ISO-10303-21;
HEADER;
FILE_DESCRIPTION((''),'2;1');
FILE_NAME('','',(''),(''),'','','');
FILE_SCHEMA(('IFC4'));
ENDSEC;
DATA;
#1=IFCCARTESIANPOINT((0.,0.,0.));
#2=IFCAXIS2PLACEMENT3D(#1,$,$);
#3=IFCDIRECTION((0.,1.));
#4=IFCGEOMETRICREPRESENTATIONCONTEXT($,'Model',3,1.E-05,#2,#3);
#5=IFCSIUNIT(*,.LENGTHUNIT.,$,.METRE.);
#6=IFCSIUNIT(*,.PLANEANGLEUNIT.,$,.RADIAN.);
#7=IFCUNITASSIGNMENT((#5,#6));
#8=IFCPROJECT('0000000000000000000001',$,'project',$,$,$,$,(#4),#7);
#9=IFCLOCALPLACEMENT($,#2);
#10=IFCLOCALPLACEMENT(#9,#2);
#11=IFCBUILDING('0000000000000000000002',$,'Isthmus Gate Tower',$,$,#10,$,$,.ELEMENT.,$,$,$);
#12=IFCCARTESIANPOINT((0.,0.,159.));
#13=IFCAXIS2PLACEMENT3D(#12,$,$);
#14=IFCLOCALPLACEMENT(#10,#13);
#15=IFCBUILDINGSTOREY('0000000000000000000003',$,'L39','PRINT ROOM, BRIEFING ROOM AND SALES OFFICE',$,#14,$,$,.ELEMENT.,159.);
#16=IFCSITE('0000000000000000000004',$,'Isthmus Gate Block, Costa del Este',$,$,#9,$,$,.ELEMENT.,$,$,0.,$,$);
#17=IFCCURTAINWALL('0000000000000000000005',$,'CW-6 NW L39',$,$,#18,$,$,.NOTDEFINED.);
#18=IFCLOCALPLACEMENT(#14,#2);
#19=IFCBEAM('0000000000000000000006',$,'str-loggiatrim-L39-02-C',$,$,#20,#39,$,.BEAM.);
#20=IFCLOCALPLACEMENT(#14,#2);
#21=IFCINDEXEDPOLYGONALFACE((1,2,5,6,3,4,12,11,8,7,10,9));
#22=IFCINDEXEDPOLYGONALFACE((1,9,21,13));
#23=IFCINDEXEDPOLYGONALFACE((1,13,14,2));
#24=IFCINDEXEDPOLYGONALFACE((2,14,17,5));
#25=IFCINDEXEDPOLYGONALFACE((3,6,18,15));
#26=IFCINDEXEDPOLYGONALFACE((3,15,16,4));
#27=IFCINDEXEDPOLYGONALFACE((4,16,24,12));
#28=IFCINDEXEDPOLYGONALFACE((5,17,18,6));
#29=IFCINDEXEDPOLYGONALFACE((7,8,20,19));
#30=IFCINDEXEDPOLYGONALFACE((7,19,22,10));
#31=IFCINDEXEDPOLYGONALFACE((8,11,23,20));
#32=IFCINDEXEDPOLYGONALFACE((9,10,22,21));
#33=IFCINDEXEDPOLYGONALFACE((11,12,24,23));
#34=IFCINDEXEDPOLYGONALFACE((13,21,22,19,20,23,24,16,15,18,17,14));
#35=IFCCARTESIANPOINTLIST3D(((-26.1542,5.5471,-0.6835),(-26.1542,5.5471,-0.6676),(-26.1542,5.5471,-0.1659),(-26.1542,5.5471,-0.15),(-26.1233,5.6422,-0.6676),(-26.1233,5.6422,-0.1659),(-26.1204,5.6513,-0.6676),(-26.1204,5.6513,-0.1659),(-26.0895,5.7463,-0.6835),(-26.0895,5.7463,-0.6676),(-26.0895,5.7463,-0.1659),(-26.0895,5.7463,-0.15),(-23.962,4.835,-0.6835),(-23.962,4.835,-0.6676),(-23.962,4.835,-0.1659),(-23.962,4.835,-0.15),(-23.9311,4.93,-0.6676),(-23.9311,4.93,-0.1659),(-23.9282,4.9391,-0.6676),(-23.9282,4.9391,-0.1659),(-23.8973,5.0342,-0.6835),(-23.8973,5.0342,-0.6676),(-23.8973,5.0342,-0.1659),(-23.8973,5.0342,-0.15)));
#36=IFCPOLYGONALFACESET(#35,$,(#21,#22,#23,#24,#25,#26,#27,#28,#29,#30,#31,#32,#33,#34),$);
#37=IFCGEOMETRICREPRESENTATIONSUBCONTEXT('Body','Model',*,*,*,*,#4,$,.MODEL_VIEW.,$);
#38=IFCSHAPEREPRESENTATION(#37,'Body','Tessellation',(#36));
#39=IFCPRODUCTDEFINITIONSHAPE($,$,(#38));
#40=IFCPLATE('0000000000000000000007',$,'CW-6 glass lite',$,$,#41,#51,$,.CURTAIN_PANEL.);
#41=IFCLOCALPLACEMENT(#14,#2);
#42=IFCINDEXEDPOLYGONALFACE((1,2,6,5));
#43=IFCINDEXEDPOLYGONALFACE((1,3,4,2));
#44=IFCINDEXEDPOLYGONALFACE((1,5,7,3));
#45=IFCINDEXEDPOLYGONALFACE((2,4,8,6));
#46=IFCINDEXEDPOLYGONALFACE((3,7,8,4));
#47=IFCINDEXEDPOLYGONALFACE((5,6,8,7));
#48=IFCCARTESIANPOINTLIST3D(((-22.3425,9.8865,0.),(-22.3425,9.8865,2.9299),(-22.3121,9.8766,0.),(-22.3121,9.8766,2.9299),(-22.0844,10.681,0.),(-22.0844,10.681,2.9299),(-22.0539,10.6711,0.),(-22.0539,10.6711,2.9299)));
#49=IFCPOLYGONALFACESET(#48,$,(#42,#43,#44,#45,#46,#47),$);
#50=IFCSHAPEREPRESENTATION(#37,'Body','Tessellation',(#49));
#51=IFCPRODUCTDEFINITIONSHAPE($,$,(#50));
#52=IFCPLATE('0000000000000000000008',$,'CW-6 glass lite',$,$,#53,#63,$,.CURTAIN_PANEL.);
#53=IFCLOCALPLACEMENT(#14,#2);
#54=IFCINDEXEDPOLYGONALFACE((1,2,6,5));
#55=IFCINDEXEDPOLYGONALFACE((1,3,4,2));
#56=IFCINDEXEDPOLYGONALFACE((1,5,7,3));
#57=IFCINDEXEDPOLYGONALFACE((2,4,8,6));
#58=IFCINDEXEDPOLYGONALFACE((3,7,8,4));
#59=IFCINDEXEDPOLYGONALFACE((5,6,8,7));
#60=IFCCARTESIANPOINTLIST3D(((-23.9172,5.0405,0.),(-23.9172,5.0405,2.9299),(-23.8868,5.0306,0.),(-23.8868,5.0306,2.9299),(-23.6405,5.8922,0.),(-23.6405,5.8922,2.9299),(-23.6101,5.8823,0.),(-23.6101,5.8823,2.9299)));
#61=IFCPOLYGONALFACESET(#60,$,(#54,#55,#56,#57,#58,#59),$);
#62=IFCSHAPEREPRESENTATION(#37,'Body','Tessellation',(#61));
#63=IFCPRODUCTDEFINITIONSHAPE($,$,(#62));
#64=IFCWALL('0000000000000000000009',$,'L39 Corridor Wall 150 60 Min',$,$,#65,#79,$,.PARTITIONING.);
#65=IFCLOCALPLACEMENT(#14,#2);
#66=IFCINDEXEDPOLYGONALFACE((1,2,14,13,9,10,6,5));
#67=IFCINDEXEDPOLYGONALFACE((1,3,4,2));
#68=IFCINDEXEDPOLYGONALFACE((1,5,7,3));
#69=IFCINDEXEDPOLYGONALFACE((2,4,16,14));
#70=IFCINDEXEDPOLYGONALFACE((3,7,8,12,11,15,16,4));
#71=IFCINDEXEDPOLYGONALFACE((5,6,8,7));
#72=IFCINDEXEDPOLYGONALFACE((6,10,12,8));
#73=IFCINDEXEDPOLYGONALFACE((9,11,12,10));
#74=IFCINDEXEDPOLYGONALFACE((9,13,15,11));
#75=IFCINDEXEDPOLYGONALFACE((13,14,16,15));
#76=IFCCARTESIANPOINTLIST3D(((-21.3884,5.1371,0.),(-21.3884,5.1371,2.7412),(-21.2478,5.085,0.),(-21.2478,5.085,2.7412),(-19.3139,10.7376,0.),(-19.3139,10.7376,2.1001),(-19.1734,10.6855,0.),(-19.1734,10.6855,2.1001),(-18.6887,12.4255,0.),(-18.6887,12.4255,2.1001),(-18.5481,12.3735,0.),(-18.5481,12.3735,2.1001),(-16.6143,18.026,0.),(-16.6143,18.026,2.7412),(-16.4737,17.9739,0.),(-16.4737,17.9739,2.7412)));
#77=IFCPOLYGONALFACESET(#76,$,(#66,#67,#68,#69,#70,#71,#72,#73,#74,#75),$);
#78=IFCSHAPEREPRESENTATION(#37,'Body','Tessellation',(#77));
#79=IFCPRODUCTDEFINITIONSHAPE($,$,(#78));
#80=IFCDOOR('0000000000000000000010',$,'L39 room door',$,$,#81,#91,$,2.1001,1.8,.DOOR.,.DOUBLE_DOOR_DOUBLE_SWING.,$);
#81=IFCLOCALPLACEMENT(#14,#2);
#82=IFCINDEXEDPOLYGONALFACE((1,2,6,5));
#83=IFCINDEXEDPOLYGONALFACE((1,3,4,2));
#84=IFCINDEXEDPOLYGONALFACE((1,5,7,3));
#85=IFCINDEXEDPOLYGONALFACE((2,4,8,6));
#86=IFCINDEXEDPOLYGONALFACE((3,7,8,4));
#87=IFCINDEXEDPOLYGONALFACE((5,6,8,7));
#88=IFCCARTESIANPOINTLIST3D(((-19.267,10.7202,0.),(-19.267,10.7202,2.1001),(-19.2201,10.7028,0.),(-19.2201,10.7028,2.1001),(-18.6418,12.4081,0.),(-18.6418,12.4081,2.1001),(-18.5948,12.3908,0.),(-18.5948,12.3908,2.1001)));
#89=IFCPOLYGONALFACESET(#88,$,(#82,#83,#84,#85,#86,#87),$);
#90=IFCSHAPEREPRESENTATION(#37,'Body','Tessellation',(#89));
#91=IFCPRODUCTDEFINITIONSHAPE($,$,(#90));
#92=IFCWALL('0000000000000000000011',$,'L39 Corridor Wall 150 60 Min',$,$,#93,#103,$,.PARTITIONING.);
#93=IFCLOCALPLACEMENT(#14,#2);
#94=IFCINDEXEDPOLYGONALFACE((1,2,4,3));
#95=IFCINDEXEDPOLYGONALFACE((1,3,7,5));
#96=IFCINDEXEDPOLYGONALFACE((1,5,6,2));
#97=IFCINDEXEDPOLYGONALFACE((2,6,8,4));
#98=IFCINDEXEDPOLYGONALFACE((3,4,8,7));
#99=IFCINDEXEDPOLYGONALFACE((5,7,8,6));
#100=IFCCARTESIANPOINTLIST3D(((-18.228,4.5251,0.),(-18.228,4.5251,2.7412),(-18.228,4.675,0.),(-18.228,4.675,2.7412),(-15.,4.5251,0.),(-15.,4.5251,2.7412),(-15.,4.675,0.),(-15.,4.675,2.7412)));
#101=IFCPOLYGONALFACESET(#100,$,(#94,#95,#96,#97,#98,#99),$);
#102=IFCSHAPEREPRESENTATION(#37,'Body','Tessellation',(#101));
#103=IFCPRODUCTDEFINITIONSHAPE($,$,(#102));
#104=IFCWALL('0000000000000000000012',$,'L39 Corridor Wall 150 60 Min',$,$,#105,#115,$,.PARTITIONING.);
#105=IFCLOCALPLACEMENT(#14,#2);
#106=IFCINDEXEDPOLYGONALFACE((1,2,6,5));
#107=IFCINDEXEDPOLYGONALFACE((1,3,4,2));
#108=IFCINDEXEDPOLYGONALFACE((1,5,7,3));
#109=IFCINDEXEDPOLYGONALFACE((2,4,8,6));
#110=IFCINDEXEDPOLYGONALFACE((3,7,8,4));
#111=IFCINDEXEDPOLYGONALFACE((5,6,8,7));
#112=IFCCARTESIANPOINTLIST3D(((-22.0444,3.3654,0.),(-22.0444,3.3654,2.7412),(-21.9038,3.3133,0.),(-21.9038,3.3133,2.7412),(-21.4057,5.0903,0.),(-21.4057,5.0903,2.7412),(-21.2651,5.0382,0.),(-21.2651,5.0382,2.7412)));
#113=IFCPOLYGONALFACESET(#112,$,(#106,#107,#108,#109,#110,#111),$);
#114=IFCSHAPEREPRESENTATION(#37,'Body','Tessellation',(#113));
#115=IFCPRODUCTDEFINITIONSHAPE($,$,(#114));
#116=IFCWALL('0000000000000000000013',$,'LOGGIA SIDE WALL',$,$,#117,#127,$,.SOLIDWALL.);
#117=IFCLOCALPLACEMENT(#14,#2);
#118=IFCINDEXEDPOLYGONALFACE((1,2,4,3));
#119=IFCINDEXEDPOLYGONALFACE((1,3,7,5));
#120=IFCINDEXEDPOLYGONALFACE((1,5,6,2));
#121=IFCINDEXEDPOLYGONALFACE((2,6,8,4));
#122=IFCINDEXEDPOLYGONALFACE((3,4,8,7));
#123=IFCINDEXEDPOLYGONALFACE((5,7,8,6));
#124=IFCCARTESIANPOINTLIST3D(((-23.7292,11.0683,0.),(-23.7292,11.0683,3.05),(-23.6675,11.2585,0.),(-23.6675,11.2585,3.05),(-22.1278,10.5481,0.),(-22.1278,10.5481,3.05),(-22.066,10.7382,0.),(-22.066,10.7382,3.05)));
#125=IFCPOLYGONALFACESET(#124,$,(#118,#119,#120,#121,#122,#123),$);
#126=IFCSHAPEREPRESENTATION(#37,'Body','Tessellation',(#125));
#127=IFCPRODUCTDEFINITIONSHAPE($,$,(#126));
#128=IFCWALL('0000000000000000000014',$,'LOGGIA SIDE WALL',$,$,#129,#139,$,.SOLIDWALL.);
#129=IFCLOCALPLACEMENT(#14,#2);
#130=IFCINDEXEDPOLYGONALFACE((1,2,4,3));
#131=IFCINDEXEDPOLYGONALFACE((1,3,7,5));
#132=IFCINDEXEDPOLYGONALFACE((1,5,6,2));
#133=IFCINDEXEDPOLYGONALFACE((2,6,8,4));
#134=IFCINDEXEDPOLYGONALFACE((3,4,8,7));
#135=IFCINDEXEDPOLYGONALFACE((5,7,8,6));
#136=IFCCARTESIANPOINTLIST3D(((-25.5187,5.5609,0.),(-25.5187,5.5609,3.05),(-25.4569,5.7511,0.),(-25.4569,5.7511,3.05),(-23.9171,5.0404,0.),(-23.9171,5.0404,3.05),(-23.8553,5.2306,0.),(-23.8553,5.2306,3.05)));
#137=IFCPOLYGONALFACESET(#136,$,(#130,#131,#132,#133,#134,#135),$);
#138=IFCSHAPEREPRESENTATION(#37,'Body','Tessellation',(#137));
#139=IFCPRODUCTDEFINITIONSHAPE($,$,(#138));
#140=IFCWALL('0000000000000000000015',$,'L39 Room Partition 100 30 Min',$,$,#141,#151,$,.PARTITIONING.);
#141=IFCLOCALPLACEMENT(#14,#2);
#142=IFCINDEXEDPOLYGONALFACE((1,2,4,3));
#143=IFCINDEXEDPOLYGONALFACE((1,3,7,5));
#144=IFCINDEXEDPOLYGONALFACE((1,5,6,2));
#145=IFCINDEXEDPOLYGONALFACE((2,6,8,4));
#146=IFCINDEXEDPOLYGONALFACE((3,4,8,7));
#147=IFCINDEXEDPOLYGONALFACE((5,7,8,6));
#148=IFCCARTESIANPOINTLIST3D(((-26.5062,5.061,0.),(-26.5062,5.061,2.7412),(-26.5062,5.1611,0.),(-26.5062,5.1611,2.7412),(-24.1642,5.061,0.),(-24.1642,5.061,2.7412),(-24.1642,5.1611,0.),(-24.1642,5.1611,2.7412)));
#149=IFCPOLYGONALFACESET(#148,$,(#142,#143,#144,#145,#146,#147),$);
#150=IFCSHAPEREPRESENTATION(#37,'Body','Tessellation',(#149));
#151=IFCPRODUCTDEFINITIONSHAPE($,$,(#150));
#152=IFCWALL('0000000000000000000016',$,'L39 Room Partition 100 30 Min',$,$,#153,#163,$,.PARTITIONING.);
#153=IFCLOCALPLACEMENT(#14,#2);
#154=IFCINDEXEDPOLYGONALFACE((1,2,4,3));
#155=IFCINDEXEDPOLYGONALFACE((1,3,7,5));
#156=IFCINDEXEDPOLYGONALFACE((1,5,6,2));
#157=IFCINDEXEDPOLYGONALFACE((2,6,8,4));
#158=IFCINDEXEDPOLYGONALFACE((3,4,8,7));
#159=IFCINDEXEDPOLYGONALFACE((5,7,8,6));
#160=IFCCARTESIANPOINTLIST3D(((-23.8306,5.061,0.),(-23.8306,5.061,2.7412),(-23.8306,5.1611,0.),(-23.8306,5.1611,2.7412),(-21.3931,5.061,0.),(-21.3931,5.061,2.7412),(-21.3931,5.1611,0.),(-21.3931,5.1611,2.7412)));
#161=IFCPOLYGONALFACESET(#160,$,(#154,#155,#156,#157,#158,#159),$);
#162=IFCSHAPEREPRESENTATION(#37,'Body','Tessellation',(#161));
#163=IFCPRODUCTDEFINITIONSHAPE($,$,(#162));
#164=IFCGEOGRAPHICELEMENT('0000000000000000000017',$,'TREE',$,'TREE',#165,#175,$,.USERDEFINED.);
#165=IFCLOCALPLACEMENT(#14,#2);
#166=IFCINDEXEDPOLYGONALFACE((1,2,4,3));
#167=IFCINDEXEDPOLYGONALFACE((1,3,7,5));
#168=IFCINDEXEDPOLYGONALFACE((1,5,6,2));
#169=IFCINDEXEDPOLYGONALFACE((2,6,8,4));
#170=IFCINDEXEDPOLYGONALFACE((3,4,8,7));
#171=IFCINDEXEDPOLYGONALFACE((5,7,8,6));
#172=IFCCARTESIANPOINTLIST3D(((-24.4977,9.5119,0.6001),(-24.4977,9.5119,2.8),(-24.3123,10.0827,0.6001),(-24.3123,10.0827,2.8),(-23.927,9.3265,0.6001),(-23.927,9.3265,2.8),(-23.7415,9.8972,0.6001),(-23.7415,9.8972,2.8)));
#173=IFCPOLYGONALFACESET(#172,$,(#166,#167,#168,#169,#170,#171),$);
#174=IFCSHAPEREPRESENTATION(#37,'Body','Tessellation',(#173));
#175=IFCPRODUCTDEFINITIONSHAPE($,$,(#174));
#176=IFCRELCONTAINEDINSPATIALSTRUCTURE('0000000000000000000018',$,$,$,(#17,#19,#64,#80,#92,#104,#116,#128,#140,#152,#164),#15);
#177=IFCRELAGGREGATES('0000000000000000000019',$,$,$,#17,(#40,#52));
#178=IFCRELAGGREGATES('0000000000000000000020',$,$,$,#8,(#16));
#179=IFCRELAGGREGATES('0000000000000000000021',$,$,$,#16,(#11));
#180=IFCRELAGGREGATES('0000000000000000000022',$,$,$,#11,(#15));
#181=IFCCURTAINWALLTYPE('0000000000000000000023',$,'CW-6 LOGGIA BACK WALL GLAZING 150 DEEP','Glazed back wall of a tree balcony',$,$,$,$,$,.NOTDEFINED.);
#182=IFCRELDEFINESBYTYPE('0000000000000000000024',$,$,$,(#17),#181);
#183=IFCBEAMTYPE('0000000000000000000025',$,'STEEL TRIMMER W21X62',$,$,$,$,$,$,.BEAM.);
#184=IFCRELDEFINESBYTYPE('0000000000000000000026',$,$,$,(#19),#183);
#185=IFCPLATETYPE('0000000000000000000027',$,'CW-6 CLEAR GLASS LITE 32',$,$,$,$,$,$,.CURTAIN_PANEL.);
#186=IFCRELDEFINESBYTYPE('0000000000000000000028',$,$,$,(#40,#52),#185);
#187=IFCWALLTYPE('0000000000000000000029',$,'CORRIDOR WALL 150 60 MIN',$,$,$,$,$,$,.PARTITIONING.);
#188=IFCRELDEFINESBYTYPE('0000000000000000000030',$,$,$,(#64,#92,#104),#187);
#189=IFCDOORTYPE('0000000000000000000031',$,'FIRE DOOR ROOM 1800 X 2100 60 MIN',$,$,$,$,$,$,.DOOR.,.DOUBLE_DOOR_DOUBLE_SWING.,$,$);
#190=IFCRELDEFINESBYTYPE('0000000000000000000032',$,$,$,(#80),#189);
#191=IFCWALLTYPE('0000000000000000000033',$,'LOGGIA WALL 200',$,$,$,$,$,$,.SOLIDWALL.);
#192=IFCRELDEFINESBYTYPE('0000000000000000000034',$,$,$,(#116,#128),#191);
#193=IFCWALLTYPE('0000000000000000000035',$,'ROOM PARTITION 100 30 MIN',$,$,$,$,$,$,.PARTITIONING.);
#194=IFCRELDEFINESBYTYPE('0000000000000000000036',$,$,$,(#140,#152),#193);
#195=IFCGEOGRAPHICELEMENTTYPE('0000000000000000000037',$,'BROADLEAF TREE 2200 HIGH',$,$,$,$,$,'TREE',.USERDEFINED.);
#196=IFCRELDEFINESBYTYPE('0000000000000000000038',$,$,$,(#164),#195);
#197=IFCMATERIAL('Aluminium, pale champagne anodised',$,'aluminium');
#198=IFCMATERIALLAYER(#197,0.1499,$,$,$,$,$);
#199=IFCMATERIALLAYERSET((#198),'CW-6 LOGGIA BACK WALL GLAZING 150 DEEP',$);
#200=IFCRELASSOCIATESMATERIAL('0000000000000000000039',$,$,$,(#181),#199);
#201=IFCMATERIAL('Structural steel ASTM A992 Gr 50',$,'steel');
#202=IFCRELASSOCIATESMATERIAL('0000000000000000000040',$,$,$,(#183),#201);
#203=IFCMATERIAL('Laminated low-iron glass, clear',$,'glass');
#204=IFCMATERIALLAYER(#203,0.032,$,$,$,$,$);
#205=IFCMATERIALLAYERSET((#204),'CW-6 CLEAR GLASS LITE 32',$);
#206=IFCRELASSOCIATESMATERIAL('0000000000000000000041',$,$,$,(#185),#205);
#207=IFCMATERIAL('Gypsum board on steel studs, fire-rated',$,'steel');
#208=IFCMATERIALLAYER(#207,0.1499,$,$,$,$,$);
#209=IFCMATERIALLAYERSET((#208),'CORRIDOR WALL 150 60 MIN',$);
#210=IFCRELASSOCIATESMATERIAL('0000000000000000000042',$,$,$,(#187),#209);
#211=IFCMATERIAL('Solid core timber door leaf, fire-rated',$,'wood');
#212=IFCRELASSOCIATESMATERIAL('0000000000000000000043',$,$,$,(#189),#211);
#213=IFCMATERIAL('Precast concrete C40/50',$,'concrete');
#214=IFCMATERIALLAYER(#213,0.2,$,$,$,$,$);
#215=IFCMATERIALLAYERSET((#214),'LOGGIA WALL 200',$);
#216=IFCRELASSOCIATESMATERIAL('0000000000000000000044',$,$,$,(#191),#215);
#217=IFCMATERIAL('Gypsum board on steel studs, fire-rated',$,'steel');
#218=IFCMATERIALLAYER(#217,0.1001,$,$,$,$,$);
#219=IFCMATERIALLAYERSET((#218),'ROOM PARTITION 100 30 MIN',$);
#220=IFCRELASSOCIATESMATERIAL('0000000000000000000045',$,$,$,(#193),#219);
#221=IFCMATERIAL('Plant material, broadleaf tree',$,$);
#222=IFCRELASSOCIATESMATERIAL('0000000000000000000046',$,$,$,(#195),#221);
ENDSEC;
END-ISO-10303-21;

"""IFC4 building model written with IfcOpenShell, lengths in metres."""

from ifc_helpers import new_model, si_unit, direction, frame, frame_2d, origin, origin_2d, place, context, subcontext, project, spatial, rectangle, i_section, extrude, material, layer, layer_set, material_profile, profile_set, type_object, element, fill, aggregate, save


model = new_model("IFC4")

# Units and contexts
model_context = context("Model", 3, precision=1e-05, world=origin(), true_north=direction((0.0, 1.0)))
body_context = subcontext(model_context, "Body", "Model", "MODEL_VIEW")
ifc_project = project(units=[si_unit("LENGTHUNIT", "METRE"), si_unit("PLANEANGLEUNIT", "RADIAN")], contexts=[model_context])

# Site, building, storey
site_placement = place(None, origin())
site = spatial("IfcSite", under=ifc_project, at=site_placement, Name="Isthmus Gate Block, Costa del Este", CompositionType="ELEMENT", RefElevation=0.0)
building_placement = place(site_placement, origin())
building = spatial("IfcBuilding", under=site, at=building_placement, Name="Isthmus Gate Tower", CompositionType="ELEMENT")
storey_placement = place(building_placement, frame((0.0, 0.0, 159.0)))
storey = spatial("IfcBuildingStorey", under=building, at=storey_placement, Name="L39", Description="PRINT ROOM, BRIEFING ROOM AND SALES OFFICE", CompositionType="ELEMENT", Elevation=159.0)

# Curtain wall
ifc_material_1 = material(Name="Aluminium, pale champagne anodised", Category="aluminium")
ifc_layer_1 = layer(ifc_material_1, 0.1499)
ifc_layer_set_1 = layer_set([ifc_layer_1], Name="CW-6 LOGGIA BACK WALL GLAZING 150 DEEP")
curtain_wall_type_1 = type_object("IfcCurtainWallType", Name="CW-6 LOGGIA BACK WALL GLAZING 150 DEEP", Description="Glazed back wall of a tree balcony", PredefinedType="NOTDEFINED", material=ifc_layer_set_1)
curtain_wall_1_placement = place(storey_placement, origin())
curtain_wall_1 = element("IfcCurtainWall", 1, at=curtain_wall_1_placement, inside=storey, type_object=curtain_wall_type_1, Name="CW-6 NW L39", PredefinedType="NOTDEFINED")

# Beam
ifc_material_2 = material(Name="Structural steel ASTM A992 Gr 50", Category="steel")
ifc_material_profile_1 = material_profile(ifc_material_2, i_section(OverallWidth=0.2095, OverallDepth=0.5334, WebThickness=0.0095, FlangeThickness=0.0159, at=origin_2d()), Name="W21X62")
ifc_profile_set_1 = profile_set([ifc_material_profile_1], Name="Structural steel ASTM A992 Gr 50")
beam_type_1 = type_object("IfcBeamType", Name="STEEL TRIMMER W21X62", PredefinedType="BEAM", material=ifc_profile_set_1)
beam_1_placement = place(storey_placement, frame((-26.1218, 5.6467, -0.4167), z_axis=(0.951071, -0.308974, 0.0), x_axis=(0.308974, 0.951071, 0.0)))
element("IfcBeam", 2, at=beam_1_placement, inside=storey, type_object=beam_type_1, Name="str-loggiatrim-L39-02-C", PredefinedType="BEAM", context=body_context, shape_type="SweptSolid", body=[
    extrude(i_section(OverallWidth=0.2095, OverallDepth=0.5334, WebThickness=0.0095, FlangeThickness=0.0159, at=origin_2d()), origin(), (0.0, 0.0, 1.0), 2.3049),
])

# Plates
ifc_material_3 = material(Name="Laminated low-iron glass, clear", Category="glass")
ifc_layer_2 = layer(ifc_material_3, 0.032)
ifc_layer_set_2 = layer_set([ifc_layer_2], Name="CW-6 CLEAR GLASS LITE 32")
plate_type = type_object("IfcPlateType", Name="CW-6 CLEAR GLASS LITE 32", PredefinedType="CURTAIN_PANEL", material=ifc_layer_set_2)
plate_1_placement = place(storey_placement, frame((-22.1982, 10.2788, 0.0), z_axis=(0.0, 0.0, 1.0), x_axis=(-0.309017, -0.951057, 0.0)))
plate_1 = element("IfcPlate", 3, at=plate_1_placement, type_object=plate_type, Name="CW-6 glass lite", PredefinedType="CURTAIN_PANEL", context=body_context, shape_type="SweptSolid", body=[
    extrude(rectangle(XDim=0.8354, YDim=0.032, at=origin_2d()), origin(), (0.0, 0.0, 1.0), 2.9299),
])
plate_2_placement = place(storey_placement, frame((-23.7637, 5.4614, 0.0), z_axis=(0.0, 0.0, 1.0), x_axis=(-0.309017, -0.951057, 0.0)))
plate_2 = element("IfcPlate", 4, at=plate_2_placement, type_object=plate_type, Name="CW-6 glass lite", PredefinedType="CURTAIN_PANEL", context=body_context, shape_type="SweptSolid", body=[
    extrude(rectangle(XDim=0.8955, YDim=0.032, at=origin_2d()), origin(), (0.0, 0.0, 1.0), 2.9299),
])
aggregate(curtain_wall_1, [plate_1, plate_2])

# Wall, opening, door
ifc_material_4 = material(Name="Gypsum board on steel studs, fire-rated", Category="steel")
ifc_layer_3 = layer(ifc_material_4, 0.1499)
ifc_layer_set_3 = layer_set([ifc_layer_3], Name="CORRIDOR WALL 150 60 MIN")
wall_type_1 = type_object("IfcWallType", Name="CORRIDOR WALL 150 60 MIN", PredefinedType="PARTITIONING", material=ifc_layer_set_3)
wall_1_placement = place(storey_placement, frame((-21.3181, 5.1111, 0.0), z_axis=(0.0, 0.0, 1.0), x_axis=(0.347346, 0.937737, 0.0)))
wall_1 = element("IfcWall", 5, at=wall_1_placement, inside=storey, type_object=wall_type_1, Name="L39 Corridor Wall 150 60 Min", PredefinedType="PARTITIONING", context=body_context, shape_type="SweptSolid", body=[
    extrude(rectangle(XDim=13.7446, YDim=0.1499, at=frame_2d((6.8723, 0.0))), origin(), (0.0, 0.0, 1.0), 2.7412),
])
opening_1_placement = place(wall_1_placement, frame((5.9724, 0.0, 0.0)))
opening_1 = element("IfcOpeningElement", 6, at=opening_1_placement, cuts=wall_1, PredefinedType="OPENING", context=body_context, shape_type="SweptSolid", body=[
    extrude(rectangle(XDim=1.8, YDim=2.1001, at=frame_2d((0.8999, 1.05))), frame((0.0, 0.085, 0.0), z_axis=(0.0, -1.0, 0.0), x_axis=(1.0, 0.0, 0.0)), (0.0, 0.0, 1.0), 0.1699),
])
ifc_material_5 = material(Name="Solid core timber door leaf, fire-rated", Category="wood")
door_type_1 = type_object("IfcDoorType", Name="FIRE DOOR ROOM 1800 X 2100 60 MIN", OperationType="DOUBLE_DOOR_DOUBLE_SWING", PredefinedType="DOOR", material=ifc_material_5)
door_1_placement = place(opening_1_placement, origin())
door_1 = element("IfcDoor", 7, at=door_1_placement, inside=storey, type_object=door_type_1, Name="L39 room door", OperationType="DOUBLE_DOOR_DOUBLE_SWING", OverallHeight=2.1001, OverallWidth=1.8, PredefinedType="DOOR", context=body_context, shape_type="SweptSolid", body=[
    extrude(rectangle(XDim=1.8, YDim=2.1001, at=frame_2d((0.8999, 1.05))), frame((0.0, 0.0249, 0.0), z_axis=(0.0, -1.0, 0.0), x_axis=(1.0, 0.0, 0.0)), (0.0, 0.0, 1.0), 0.05),
])
fill(opening_1, door_1)

# Walls
wall_2_placement = place(storey_placement, frame((-18.228, 4.6001, 0.0), z_axis=(0.0, 0.0, 1.0), x_axis=(1.0, 0.0, 0.0)))
element("IfcWall", 8, at=wall_2_placement, inside=storey, type_object=wall_type_1, Name="L39 Corridor Wall 150 60 Min", PredefinedType="PARTITIONING", context=body_context, shape_type="SweptSolid", body=[
    extrude(rectangle(XDim=3.228, YDim=0.1499, at=frame_2d((1.614, 0.0))), origin(), (0.0, 0.0, 1.0), 2.7412),
])
wall_3_placement = place(storey_placement, frame((-21.9741, 3.3394, 0.0), z_axis=(0.0, 0.0, 1.0), x_axis=(0.347237, 0.937778, 0.0)))
element("IfcWall", 9, at=wall_3_placement, inside=storey, type_object=wall_type_1, Name="L39 Corridor Wall 150 60 Min", PredefinedType="PARTITIONING", context=body_context, shape_type="SweptSolid", body=[
    extrude(rectangle(XDim=1.8394, YDim=0.1499, at=frame_2d((0.9197, 0.0))), origin(), (0.0, 0.0, 1.0), 2.7412),
])

# Shared definitions
ifc_material_6 = material(Name="Precast concrete C40/50", Category="concrete")
ifc_layer_4 = layer(ifc_material_6, 0.2)
ifc_layer_set_4 = layer_set([ifc_layer_4], Name="LOGGIA WALL 200")
wall_type_2 = type_object("IfcWallType", Name="LOGGIA WALL 200", PredefinedType="SOLIDWALL", material=ifc_layer_set_4)

# Walls
wall_4_placement = place(storey_placement, frame((-23.6982, 11.1633, 0.0), z_axis=(0.0, 0.0, 1.0), x_axis=(0.951077, -0.308955, 0.0)))
element("IfcWall", 10, at=wall_4_placement, inside=storey, type_object=wall_type_2, Name="LOGGIA SIDE WALL", PredefinedType="SOLIDWALL", context=body_context, shape_type="SweptSolid", body=[
    extrude(rectangle(XDim=1.6838, YDim=0.2, at=frame_2d((0.8418, 0.0))), origin(), (0.0, 0.0, 1.0), 3.05),
])
wall_5_placement = place(storey_placement, frame((-25.4878, 5.656, 0.0), z_axis=(0.0, 0.0, 1.0), x_axis=(0.951034, -0.309086, 0.0)))
element("IfcWall", 11, at=wall_5_placement, inside=storey, type_object=wall_type_2, Name="LOGGIA SIDE WALL", PredefinedType="SOLIDWALL", context=body_context, shape_type="SweptSolid", body=[
    extrude(rectangle(XDim=1.6841, YDim=0.2, at=frame_2d((0.842, 0.0))), origin(), (0.0, 0.0, 1.0), 3.05),
])
ifc_material_7 = material(Name="Gypsum board on steel studs, fire-rated", Category="steel")
ifc_layer_5 = layer(ifc_material_7, 0.1001)
ifc_layer_set_5 = layer_set([ifc_layer_5], Name="ROOM PARTITION 100 30 MIN")
wall_type_3 = type_object("IfcWallType", Name="ROOM PARTITION 100 30 MIN", PredefinedType="PARTITIONING", material=ifc_layer_set_5)
wall_6_placement = place(storey_placement, frame((-26.5061, 5.1111, 0.0), z_axis=(0.0, 0.0, 1.0), x_axis=(1.0, 0.0, 0.0)))
element("IfcWall", 12, at=wall_6_placement, inside=storey, type_object=wall_type_3, Name="L39 Room Partition 100 30 Min", PredefinedType="PARTITIONING", context=body_context, shape_type="SweptSolid", body=[
    extrude(rectangle(XDim=2.342, YDim=0.1001, at=frame_2d((1.1709, 0.0))), origin(), (0.0, 0.0, 1.0), 2.7412),
])
wall_7_placement = place(storey_placement, frame((-23.8306, 5.1111, 0.0), z_axis=(0.0, 0.0, 1.0), x_axis=(1.0, 0.0, 0.0)))
element("IfcWall", 13, at=wall_7_placement, inside=storey, type_object=wall_type_3, Name="L39 Room Partition 100 30 Min", PredefinedType="PARTITIONING", context=body_context, shape_type="SweptSolid", body=[
    extrude(rectangle(XDim=2.4375, YDim=0.1001, at=frame_2d((1.2188, 0.0))), origin(), (0.0, 0.0, 1.0), 2.7412),
])

# Geographic element
ifc_material_8 = material(Name="Plant material, broadleaf tree")
geographic_element_type = type_object("IfcGeographicElementType", Name="BROADLEAF TREE 2200 HIGH", ElementType="TREE", PredefinedType="USERDEFINED", material=ifc_material_8)
for number, where, z_axis, x_axis, name in (
    (14, (-24.1196, 9.7046, 0.6001), (0.0, 0.0, 1.0), (-0.309017, -0.951057, 0.0), "TREE"),
):
    element("IfcGeographicElement", number, at=place(storey_placement, frame(where, z_axis=z_axis, x_axis=x_axis)), inside=storey, type_object=geographic_element_type, Name=name, ObjectType="TREE", PredefinedType="USERDEFINED", context=body_context, shape_type="SweptSolid", body=[
        extrude(rectangle(XDim=0.6001, YDim=0.6001, at=origin_2d()), origin(), (0.0, 0.0, 1.0), 2.2),
    ])

save(model, "model.ifc")
